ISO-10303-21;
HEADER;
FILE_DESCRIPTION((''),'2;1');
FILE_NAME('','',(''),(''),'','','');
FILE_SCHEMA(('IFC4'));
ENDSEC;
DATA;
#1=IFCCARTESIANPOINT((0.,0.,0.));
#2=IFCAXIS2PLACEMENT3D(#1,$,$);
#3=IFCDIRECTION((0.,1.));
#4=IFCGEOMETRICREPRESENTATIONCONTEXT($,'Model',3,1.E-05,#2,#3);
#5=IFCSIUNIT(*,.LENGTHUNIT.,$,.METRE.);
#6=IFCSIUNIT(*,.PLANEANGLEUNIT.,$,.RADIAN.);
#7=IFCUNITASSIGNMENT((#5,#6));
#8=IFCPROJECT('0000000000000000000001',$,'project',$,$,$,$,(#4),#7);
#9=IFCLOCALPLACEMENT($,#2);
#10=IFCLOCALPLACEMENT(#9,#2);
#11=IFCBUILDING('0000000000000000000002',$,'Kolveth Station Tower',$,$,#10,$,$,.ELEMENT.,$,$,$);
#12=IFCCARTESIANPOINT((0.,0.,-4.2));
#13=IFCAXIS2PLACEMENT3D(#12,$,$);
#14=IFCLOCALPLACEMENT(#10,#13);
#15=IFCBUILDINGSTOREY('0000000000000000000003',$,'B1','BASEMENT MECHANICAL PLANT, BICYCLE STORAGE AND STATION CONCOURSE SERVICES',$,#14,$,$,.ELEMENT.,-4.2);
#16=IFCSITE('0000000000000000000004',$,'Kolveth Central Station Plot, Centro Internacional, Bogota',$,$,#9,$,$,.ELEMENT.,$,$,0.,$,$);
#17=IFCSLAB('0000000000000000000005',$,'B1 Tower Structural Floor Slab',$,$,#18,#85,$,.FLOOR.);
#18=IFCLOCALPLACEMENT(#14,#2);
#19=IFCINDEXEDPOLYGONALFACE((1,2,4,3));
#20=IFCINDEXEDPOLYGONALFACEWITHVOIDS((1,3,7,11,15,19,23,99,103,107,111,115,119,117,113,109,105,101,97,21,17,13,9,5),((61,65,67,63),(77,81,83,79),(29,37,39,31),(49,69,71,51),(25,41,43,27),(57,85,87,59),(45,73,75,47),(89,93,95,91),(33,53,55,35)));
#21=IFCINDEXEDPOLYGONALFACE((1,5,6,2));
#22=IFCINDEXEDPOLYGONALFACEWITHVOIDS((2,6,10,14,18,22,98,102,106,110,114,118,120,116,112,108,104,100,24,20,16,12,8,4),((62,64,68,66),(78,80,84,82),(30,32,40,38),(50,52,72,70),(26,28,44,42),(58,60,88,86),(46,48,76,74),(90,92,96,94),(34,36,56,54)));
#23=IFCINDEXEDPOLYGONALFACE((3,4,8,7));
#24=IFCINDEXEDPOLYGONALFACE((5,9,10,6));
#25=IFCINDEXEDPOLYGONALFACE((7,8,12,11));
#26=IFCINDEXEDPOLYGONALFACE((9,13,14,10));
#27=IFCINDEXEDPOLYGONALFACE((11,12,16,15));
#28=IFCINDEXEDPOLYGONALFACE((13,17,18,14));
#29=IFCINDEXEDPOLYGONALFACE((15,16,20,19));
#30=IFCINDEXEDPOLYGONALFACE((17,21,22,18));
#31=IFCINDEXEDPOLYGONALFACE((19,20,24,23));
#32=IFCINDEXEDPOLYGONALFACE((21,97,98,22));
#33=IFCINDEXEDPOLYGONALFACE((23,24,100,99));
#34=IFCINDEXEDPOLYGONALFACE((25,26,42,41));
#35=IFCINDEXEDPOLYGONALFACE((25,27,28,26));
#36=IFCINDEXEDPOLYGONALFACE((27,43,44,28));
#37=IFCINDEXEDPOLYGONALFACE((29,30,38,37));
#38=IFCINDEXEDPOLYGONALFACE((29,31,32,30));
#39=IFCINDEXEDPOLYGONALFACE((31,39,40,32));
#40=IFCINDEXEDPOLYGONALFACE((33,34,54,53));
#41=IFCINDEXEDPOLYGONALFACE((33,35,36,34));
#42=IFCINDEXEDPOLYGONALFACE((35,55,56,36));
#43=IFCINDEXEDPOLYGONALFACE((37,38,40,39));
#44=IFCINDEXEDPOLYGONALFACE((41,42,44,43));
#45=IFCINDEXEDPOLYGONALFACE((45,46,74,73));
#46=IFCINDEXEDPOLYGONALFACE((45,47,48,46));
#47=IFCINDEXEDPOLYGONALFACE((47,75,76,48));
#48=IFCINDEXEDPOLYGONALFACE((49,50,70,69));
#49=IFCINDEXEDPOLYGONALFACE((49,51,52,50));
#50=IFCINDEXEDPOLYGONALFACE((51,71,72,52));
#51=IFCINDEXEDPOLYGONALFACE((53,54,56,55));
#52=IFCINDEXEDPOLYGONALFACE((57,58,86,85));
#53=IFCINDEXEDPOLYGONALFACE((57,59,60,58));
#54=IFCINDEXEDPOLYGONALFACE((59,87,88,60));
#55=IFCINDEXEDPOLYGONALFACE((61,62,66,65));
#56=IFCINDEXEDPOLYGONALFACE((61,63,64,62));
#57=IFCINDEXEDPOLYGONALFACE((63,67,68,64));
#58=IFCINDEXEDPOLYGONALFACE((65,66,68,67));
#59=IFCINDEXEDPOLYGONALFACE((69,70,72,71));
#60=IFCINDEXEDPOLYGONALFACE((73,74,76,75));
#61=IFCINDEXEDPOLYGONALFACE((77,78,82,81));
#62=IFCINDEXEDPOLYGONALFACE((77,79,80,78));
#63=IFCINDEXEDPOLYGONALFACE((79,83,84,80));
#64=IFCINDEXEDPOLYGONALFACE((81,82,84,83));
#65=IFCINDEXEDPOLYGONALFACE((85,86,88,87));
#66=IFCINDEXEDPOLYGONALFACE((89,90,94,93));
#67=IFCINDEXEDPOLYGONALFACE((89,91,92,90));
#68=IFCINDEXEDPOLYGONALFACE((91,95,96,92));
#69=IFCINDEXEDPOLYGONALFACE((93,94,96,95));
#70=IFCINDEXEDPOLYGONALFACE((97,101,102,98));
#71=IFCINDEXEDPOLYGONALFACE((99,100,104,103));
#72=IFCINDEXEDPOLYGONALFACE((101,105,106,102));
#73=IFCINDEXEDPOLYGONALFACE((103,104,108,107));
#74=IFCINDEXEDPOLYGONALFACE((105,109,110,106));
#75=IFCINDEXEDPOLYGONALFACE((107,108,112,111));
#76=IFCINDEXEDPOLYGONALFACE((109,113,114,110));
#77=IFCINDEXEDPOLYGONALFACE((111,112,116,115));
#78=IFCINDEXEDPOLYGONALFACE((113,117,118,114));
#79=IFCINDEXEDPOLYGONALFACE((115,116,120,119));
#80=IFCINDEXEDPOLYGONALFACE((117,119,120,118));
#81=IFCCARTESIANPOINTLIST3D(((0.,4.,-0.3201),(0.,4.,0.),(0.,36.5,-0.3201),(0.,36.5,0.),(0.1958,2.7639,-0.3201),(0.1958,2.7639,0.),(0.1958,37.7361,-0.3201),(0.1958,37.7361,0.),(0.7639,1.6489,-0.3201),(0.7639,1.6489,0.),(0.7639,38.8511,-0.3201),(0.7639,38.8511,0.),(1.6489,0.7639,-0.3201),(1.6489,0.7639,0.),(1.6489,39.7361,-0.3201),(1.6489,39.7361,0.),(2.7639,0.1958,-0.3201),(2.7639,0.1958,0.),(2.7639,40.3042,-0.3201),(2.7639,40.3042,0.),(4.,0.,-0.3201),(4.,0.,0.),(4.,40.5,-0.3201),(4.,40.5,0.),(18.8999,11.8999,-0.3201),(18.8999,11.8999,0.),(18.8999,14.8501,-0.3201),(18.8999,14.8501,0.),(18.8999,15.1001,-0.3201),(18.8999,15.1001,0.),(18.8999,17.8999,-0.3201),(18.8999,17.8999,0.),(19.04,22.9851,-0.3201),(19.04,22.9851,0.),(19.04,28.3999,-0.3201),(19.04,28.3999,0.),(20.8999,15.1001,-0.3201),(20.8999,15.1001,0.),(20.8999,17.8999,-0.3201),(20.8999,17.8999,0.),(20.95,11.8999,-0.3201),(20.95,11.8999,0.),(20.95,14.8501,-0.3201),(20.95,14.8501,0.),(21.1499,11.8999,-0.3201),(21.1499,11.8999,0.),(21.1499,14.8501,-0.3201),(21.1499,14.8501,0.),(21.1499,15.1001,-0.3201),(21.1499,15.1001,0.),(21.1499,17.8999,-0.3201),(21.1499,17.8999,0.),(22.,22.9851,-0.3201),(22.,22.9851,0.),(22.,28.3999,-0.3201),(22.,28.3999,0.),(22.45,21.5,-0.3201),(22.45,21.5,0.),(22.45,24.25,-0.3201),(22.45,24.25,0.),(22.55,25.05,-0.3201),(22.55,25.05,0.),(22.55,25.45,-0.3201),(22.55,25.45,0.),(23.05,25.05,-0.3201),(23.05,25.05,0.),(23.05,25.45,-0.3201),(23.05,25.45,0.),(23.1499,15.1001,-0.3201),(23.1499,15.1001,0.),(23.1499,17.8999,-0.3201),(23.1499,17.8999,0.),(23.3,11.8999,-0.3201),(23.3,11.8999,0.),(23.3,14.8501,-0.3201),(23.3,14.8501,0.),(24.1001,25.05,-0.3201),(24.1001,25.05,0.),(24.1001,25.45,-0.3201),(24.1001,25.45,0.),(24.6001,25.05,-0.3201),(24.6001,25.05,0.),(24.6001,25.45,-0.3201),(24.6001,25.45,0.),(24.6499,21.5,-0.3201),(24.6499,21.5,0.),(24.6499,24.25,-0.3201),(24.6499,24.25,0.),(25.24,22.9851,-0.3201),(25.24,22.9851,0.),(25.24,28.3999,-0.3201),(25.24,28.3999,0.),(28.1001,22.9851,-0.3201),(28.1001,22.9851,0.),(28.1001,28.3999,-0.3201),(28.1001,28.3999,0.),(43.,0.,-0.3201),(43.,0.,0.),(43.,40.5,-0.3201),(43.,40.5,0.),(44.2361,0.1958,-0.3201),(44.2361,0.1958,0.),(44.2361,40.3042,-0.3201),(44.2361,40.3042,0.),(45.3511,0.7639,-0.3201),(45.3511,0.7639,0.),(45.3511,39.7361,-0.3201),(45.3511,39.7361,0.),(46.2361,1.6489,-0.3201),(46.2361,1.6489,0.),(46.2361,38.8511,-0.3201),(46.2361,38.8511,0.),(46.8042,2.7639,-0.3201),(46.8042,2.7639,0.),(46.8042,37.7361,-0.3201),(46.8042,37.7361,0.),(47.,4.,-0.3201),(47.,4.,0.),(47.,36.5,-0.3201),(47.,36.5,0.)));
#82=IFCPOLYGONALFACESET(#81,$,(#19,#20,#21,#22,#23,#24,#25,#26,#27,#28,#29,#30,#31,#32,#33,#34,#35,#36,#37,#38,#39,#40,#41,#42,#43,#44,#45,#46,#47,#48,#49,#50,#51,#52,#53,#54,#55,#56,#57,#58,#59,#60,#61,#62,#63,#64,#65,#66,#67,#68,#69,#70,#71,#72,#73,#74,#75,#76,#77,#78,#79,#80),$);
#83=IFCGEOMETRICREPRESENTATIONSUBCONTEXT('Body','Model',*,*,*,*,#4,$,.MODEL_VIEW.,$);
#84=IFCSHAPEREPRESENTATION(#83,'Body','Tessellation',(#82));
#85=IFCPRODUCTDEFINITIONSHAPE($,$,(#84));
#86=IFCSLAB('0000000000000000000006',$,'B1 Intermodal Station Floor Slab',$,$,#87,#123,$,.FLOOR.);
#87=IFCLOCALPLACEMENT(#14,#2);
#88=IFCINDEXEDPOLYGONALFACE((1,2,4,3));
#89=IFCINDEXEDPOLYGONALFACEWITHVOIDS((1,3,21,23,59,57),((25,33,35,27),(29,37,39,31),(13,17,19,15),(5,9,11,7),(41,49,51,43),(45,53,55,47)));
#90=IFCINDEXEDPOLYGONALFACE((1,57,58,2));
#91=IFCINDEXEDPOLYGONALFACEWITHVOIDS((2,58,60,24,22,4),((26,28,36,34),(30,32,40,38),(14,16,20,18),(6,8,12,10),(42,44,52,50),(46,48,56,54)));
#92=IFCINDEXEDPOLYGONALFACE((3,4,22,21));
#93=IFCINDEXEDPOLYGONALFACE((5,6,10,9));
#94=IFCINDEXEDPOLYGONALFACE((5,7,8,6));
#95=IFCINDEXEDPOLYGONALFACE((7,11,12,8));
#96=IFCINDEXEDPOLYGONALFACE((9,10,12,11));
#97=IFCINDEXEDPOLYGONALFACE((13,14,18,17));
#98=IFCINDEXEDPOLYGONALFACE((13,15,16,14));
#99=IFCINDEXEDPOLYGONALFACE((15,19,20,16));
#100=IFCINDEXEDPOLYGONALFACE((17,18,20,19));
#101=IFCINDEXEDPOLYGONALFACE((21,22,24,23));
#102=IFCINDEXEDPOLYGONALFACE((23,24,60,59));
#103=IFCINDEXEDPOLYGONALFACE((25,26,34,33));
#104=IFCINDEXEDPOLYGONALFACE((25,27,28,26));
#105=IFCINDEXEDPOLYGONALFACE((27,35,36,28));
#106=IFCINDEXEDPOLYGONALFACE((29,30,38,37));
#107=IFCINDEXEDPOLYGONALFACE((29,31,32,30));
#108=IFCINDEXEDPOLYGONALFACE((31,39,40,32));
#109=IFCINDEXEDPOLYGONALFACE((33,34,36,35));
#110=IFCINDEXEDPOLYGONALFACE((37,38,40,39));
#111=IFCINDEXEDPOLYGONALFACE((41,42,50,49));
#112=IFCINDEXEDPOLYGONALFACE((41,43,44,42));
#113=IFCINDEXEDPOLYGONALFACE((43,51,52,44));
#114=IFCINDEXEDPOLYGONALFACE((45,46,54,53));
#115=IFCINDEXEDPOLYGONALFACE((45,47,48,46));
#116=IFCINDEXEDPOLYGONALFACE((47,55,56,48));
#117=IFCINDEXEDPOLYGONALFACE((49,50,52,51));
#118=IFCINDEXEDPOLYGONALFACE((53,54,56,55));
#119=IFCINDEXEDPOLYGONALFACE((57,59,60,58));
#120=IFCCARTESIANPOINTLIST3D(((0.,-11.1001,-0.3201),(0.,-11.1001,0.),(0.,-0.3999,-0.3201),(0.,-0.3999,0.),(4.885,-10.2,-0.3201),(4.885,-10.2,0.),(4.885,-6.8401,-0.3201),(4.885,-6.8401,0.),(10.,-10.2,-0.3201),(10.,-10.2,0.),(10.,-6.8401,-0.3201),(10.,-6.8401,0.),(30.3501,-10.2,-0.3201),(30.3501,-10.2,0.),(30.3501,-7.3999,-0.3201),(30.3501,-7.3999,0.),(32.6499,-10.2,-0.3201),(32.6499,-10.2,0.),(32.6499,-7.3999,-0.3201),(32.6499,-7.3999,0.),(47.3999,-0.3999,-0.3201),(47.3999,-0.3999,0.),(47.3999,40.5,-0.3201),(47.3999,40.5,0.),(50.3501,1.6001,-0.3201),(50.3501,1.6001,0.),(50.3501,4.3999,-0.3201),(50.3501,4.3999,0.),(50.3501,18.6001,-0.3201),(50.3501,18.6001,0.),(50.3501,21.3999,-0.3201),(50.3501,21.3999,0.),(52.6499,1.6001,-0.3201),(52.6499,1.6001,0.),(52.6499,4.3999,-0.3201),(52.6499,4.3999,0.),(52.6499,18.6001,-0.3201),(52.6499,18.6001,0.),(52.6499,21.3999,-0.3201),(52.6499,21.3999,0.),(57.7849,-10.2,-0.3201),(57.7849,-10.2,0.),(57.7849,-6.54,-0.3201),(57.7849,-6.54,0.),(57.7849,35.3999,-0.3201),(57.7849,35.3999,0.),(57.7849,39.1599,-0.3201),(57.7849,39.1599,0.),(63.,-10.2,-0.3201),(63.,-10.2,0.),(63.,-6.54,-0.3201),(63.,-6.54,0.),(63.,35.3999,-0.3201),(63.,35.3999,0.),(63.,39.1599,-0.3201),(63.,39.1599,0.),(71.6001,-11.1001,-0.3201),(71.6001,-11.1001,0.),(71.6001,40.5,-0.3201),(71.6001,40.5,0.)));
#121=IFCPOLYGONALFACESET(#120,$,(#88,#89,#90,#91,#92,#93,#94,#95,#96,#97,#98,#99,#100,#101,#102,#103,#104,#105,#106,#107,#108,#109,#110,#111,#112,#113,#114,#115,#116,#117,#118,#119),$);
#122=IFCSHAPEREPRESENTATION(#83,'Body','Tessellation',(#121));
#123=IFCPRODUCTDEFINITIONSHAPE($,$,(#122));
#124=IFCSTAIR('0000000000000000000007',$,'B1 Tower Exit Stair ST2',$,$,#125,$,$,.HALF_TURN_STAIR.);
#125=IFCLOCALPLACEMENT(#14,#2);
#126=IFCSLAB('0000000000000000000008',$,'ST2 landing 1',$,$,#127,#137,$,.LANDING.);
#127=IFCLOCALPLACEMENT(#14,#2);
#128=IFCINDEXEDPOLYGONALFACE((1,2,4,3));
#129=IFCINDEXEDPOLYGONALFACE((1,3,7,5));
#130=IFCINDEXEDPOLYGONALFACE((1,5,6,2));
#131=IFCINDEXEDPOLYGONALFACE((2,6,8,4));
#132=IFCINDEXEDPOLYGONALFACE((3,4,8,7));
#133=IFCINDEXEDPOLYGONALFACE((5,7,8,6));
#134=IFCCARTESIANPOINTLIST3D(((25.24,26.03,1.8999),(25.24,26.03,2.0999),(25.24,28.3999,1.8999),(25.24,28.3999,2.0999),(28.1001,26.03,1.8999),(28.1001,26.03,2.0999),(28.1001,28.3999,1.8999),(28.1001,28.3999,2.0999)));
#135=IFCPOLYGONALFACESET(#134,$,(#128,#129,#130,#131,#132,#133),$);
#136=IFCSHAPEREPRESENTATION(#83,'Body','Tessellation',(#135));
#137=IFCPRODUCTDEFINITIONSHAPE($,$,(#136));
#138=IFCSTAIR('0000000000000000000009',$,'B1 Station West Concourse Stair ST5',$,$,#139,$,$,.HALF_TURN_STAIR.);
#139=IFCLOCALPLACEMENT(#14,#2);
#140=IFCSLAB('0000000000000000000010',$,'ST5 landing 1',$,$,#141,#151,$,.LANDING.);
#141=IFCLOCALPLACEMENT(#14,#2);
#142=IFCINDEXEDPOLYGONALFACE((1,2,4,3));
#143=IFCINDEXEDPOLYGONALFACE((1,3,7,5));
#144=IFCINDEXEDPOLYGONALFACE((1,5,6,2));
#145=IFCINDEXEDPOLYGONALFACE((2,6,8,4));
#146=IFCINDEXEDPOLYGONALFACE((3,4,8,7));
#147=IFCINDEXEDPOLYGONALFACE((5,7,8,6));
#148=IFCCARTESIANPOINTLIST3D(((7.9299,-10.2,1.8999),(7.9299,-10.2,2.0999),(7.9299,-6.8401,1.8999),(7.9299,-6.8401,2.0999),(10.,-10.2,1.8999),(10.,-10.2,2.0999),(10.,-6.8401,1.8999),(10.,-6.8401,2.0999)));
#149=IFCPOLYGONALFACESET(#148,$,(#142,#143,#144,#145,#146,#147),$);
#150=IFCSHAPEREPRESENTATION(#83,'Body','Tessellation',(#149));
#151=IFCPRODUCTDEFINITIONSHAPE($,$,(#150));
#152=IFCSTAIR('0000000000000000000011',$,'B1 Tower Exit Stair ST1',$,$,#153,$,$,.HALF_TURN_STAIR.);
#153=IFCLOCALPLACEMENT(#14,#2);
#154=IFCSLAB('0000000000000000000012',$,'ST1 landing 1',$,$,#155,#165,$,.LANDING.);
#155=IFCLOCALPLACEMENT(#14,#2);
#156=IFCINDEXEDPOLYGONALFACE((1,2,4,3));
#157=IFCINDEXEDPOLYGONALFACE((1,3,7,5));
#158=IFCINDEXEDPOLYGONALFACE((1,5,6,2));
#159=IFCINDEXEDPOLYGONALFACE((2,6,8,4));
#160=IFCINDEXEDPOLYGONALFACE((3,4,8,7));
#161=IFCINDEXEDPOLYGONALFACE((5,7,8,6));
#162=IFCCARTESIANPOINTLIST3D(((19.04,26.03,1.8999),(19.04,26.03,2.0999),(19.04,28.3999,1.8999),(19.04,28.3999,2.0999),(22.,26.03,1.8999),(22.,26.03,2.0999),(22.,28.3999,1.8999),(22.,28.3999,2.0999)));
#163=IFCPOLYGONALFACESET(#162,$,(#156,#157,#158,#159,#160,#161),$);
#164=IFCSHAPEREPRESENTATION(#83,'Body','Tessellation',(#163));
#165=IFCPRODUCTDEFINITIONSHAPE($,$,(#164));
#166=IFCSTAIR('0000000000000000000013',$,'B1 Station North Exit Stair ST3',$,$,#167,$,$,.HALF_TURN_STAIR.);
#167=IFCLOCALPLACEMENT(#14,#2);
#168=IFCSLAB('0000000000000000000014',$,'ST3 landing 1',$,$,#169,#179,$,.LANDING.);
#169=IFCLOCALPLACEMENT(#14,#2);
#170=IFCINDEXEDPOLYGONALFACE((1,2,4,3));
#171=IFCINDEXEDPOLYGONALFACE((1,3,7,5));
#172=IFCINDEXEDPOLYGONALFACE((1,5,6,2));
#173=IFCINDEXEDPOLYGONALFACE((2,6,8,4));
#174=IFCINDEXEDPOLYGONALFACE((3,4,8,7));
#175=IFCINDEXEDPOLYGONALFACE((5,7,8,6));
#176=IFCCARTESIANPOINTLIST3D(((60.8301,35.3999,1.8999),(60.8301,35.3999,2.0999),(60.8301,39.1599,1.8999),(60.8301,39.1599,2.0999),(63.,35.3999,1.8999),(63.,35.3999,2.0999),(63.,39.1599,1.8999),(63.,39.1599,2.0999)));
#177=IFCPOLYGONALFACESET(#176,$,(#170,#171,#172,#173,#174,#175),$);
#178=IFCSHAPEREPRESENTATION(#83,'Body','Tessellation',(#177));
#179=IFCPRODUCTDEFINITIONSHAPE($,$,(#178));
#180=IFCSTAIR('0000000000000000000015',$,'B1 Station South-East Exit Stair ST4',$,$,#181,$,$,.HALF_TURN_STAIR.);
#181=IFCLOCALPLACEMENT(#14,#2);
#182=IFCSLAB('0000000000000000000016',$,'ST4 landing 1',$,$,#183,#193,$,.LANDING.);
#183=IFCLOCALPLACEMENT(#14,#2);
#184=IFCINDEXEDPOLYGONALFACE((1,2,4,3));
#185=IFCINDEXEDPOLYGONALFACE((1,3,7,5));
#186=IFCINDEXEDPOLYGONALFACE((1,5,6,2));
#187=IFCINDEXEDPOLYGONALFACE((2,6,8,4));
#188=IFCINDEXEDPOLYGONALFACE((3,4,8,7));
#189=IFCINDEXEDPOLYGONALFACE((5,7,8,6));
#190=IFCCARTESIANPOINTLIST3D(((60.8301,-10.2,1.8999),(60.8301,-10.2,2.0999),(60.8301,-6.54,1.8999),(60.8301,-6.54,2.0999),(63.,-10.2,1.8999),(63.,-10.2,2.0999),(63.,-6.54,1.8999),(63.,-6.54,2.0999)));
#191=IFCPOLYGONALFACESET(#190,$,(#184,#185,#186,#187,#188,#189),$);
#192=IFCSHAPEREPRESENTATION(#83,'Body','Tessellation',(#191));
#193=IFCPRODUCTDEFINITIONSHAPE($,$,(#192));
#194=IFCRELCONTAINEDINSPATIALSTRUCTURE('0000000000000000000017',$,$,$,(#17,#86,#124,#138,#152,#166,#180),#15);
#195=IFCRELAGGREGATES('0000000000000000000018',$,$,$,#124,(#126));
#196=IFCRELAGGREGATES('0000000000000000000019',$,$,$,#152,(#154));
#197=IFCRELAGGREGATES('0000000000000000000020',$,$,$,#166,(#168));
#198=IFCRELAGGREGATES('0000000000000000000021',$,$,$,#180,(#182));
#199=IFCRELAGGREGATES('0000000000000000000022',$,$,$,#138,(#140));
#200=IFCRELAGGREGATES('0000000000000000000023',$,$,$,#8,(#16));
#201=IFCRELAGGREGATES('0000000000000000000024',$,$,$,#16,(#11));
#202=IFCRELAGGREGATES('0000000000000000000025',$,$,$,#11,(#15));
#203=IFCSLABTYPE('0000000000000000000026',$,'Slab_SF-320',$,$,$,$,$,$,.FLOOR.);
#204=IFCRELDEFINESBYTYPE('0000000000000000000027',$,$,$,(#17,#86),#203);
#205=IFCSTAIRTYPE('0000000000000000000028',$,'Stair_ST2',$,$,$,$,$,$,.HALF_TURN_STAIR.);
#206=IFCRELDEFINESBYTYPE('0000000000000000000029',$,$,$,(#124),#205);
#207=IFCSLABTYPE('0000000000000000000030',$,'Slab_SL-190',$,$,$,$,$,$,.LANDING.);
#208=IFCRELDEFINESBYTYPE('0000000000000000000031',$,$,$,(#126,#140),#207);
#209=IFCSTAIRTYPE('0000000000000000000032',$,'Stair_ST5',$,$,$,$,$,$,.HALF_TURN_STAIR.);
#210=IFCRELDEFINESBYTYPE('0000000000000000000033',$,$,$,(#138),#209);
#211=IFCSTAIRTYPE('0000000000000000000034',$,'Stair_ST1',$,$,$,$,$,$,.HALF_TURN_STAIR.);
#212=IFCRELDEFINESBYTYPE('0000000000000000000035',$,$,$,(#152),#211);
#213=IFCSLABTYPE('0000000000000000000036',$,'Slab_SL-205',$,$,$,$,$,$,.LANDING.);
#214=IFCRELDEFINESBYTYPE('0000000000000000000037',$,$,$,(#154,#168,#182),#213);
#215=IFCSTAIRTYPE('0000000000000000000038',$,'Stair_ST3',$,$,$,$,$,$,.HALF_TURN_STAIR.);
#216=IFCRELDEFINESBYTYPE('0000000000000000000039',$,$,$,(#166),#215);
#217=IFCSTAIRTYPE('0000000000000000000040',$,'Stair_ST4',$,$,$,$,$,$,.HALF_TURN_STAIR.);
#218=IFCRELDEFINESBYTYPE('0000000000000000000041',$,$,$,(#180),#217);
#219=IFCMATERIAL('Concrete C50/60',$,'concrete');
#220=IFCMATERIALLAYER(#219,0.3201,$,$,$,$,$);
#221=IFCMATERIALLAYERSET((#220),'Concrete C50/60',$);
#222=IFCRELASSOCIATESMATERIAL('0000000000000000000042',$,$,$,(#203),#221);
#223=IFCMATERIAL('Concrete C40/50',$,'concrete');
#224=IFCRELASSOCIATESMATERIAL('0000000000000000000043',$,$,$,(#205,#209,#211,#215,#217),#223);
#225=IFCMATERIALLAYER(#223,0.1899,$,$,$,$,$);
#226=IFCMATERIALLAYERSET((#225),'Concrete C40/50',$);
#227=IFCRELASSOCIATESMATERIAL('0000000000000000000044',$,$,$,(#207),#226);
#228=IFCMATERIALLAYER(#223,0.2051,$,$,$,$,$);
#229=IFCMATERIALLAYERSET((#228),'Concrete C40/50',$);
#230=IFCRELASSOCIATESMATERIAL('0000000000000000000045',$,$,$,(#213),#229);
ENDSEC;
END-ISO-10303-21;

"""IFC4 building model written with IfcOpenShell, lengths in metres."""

from ifc_helpers import new_model, si_unit, direction, frame, origin, place, context, subcontext, project, spatial, polyline, outline, extrude, material, layer, layer_set, type_object, element, aggregate, save


model = new_model("IFC4")

# Units and contexts
model_context = context("Model", 3, precision=1e-05, world=origin(), true_north=direction((0.0, 1.0)))
body_context = subcontext(model_context, "Body", "Model", "MODEL_VIEW")
ifc_project = project(units=[si_unit("LENGTHUNIT", "METRE"), si_unit("PLANEANGLEUNIT", "RADIAN")], contexts=[model_context])

# Site, building, storey
site_placement = place(None, origin())
site = spatial("IfcSite", under=ifc_project, at=site_placement, Name="Kolveth Central Station Plot, Centro Internacional, Bogota", CompositionType="ELEMENT", RefElevation=0.0)
building_placement = place(site_placement, origin())
building = spatial("IfcBuilding", under=site, at=building_placement, Name="Kolveth Station Tower", CompositionType="ELEMENT")
storey_placement = place(building_placement, frame((0.0, 0.0, -4.2)))
storey = spatial("IfcBuildingStorey", under=building, at=storey_placement, Name="B1", Description="BASEMENT MECHANICAL PLANT, BICYCLE STORAGE AND STATION CONCOURSE SERVICES", CompositionType="ELEMENT", Elevation=-4.2)

# Slabs
ifc_material_1 = material(Name="Concrete C50/60", Category="concrete")
ifc_layer_1 = layer(ifc_material_1, 0.3201)
ifc_layer_set_1 = layer_set([ifc_layer_1], Name="Concrete C50/60")
slab_type_1 = type_object("IfcSlabType", Name="Slab_SF-320", PredefinedType="FLOOR", material=ifc_layer_set_1)
slab_1_placement = place(storey_placement, frame((0.0, 0.0, -0.3201)))
element("IfcSlab", 1, at=slab_1_placement, inside=storey, type_object=slab_type_1, Name="B1 Tower Structural Floor Slab", PredefinedType="FLOOR", context=body_context, shape_type="SweptSolid", body=[
    extrude(outline(polyline([(43.0, 0.0), (44.2361, 0.1958), (45.3511, 0.7639), (46.2361, 1.6489), (46.8042, 2.7639), (47.0, 4.0), (47.0, 36.5), (46.8042, 37.7361), (46.2361, 38.8511), (45.3511, 39.7361), (44.2361, 40.3042), (43.0, 40.5), (4.0, 40.5), (2.7639, 40.3042), (1.6489, 39.7361), (0.7639, 38.8511), (0.1958, 37.7361), (0.0, 36.5), (0.0, 4.0), (0.1958, 2.7639), (0.7639, 1.6489), (1.6489, 0.7639), (2.7639, 0.1958), (4.0, 0.0), (43.0, 0.0)]), holes=[polyline([(19.04, 22.9851), (22.0, 22.9851), (22.0, 28.3999), (19.04, 28.3999), (19.04, 22.9851)]), polyline([(25.24, 22.9851), (28.1001, 22.9851), (28.1001, 28.3999), (25.24, 28.3999), (25.24, 22.9851)]), polyline([(18.8999, 15.1001), (20.8999, 15.1001), (20.8999, 17.8999), (18.8999, 17.8999), (18.8999, 15.1001)]), polyline([(21.1499, 15.1001), (23.1499, 15.1001), (23.1499, 17.8999), (21.1499, 17.8999), (21.1499, 15.1001)]), polyline([(22.45, 21.5), (24.6499, 21.5), (24.6499, 24.25), (22.45, 24.25), (22.45, 21.5)]), polyline([(18.8999, 11.8999), (20.95, 11.8999), (20.95, 14.8501), (18.8999, 14.8501), (18.8999, 11.8999)]), polyline([(21.1499, 11.8999), (23.3, 11.8999), (23.3, 14.8501), (21.1499, 14.8501), (21.1499, 11.8999)]), polyline([(22.55, 25.05), (23.05, 25.05), (23.05, 25.45), (22.55, 25.45), (22.55, 25.05)]), polyline([(24.1001, 25.05), (24.6001, 25.05), (24.6001, 25.45), (24.1001, 25.45), (24.1001, 25.05)])]), origin(), (0.0, 0.0, 1.0), 0.3201),
])
slab_2_placement = place(storey_placement, frame((0.0, 0.0, -0.3201)))
element("IfcSlab", 2, at=slab_2_placement, inside=storey, type_object=slab_type_1, Name="B1 Intermodal Station Floor Slab", PredefinedType="FLOOR", context=body_context, shape_type="SweptSolid", body=[
    extrude(outline(polyline([(0.0, -11.1001), (71.6001, -11.1001), (71.6001, 40.5), (47.3999, 40.5), (47.3999, -0.3999), (0.0, -0.3999), (0.0, -11.1001)]), holes=[polyline([(57.7849, 35.3999), (63.0, 35.3999), (63.0, 39.1599), (57.7849, 39.1599), (57.7849, 35.3999)]), polyline([(57.7849, -10.2), (63.0, -10.2), (63.0, -6.54), (57.7849, -6.54), (57.7849, -10.2)]), polyline([(4.885, -10.2), (10.0, -10.2), (10.0, -6.8401), (4.885, -6.8401), (4.885, -10.2)]), polyline([(50.3501, 1.6001), (52.6499, 1.6001), (52.6499, 4.3999), (50.3501, 4.3999), (50.3501, 1.6001)]), polyline([(50.3501, 18.6001), (52.6499, 18.6001), (52.6499, 21.3999), (50.3501, 21.3999), (50.3501, 18.6001)]), polyline([(30.3501, -10.2), (32.6499, -10.2), (32.6499, -7.3999), (30.3501, -7.3999), (30.3501, -10.2)])]), origin(), (0.0, 0.0, 1.0), 0.3201),
])

# Stairs, slabs
ifc_material_2 = material(Name="Concrete C40/50", Category="concrete")
stair_type_1 = type_object("IfcStairType", Name="Stair_ST2", PredefinedType="HALF_TURN_STAIR", material=ifc_material_2)
stair_1_placement = place(storey_placement, origin())
stair_1 = element("IfcStair", 3, at=stair_1_placement, inside=storey, type_object=stair_type_1, Name="B1 Tower Exit Stair ST2", PredefinedType="HALF_TURN_STAIR")
ifc_layer_2 = layer(ifc_material_2, 0.1899)
ifc_layer_set_2 = layer_set([ifc_layer_2], Name="Concrete C40/50")
slab_type_2 = type_object("IfcSlabType", Name="Slab_SL-190", PredefinedType="LANDING", material=ifc_layer_set_2)
slab_3_placement = place(storey_placement, frame((0.0, 0.0, 1.8999)))
slab_3 = element("IfcSlab", 4, at=slab_3_placement, type_object=slab_type_2, Name="ST2 landing 1", PredefinedType="LANDING", context=body_context, shape_type="SweptSolid", body=[
    extrude(outline(polyline([(28.1001, 26.03), (28.1001, 28.3999), (25.24, 28.3999), (25.24, 26.03), (28.1001, 26.03)])), origin(), (0.0, 0.0, 1.0), 0.2),
])
aggregate(stair_1, [slab_3])
stair_type_2 = type_object("IfcStairType", Name="Stair_ST5", PredefinedType="HALF_TURN_STAIR", material=ifc_material_2)
stair_2_placement = place(storey_placement, origin())
stair_2 = element("IfcStair", 5, at=stair_2_placement, inside=storey, type_object=stair_type_2, Name="B1 Station West Concourse Stair ST5", PredefinedType="HALF_TURN_STAIR")
slab_4_placement = place(storey_placement, frame((0.0, 0.0, 1.8999)))
slab_4 = element("IfcSlab", 6, at=slab_4_placement, type_object=slab_type_2, Name="ST5 landing 1", PredefinedType="LANDING", context=body_context, shape_type="SweptSolid", body=[
    extrude(outline(polyline([(7.9299, -10.2), (10.0, -10.2), (10.0, -6.8401), (7.9299, -6.8401), (7.9299, -10.2)])), origin(), (0.0, 0.0, 1.0), 0.2),
])
stair_type_3 = type_object("IfcStairType", Name="Stair_ST1", PredefinedType="HALF_TURN_STAIR", material=ifc_material_2)
stair_3_placement = place(storey_placement, origin())
stair_3 = element("IfcStair", 7, at=stair_3_placement, inside=storey, type_object=stair_type_3, Name="B1 Tower Exit Stair ST1", PredefinedType="HALF_TURN_STAIR")
ifc_layer_3 = layer(ifc_material_2, 0.2051)
ifc_layer_set_3 = layer_set([ifc_layer_3], Name="Concrete C40/50")
slab_type_3 = type_object("IfcSlabType", Name="Slab_SL-205", PredefinedType="LANDING", material=ifc_layer_set_3)
slab_5_placement = place(storey_placement, frame((0.0, 0.0, 1.8999)))
slab_5 = element("IfcSlab", 8, at=slab_5_placement, type_object=slab_type_3, Name="ST1 landing 1", PredefinedType="LANDING", context=body_context, shape_type="SweptSolid", body=[
    extrude(outline(polyline([(22.0, 26.03), (22.0, 28.3999), (19.04, 28.3999), (19.04, 26.03), (22.0, 26.03)])), origin(), (0.0, 0.0, 1.0), 0.2),
])
aggregate(stair_3, [slab_5])
stair_type_4 = type_object("IfcStairType", Name="Stair_ST3", PredefinedType="HALF_TURN_STAIR", material=ifc_material_2)
stair_4_placement = place(storey_placement, origin())
stair_4 = element("IfcStair", 9, at=stair_4_placement, inside=storey, type_object=stair_type_4, Name="B1 Station North Exit Stair ST3", PredefinedType="HALF_TURN_STAIR")
slab_6_placement = place(storey_placement, frame((0.0, 0.0, 1.8999)))
slab_6 = element("IfcSlab", 10, at=slab_6_placement, type_object=slab_type_3, Name="ST3 landing 1", PredefinedType="LANDING", context=body_context, shape_type="SweptSolid", body=[
    extrude(outline(polyline([(60.8301, 35.3999), (63.0, 35.3999), (63.0, 39.1599), (60.8301, 39.1599), (60.8301, 35.3999)])), origin(), (0.0, 0.0, 1.0), 0.2),
])
aggregate(stair_4, [slab_6])
stair_type_5 = type_object("IfcStairType", Name="Stair_ST4", PredefinedType="HALF_TURN_STAIR", material=ifc_material_2)
stair_5_placement = place(storey_placement, origin())
stair_5 = element("IfcStair", 11, at=stair_5_placement, inside=storey, type_object=stair_type_5, Name="B1 Station South-East Exit Stair ST4", PredefinedType="HALF_TURN_STAIR")
slab_7_placement = place(storey_placement, frame((0.0, 0.0, 1.8999)))
slab_7 = element("IfcSlab", 12, at=slab_7_placement, type_object=slab_type_3, Name="ST4 landing 1", PredefinedType="LANDING", context=body_context, shape_type="SweptSolid", body=[
    extrude(outline(polyline([(60.8301, -10.2), (63.0, -10.2), (63.0, -6.54), (60.8301, -6.54), (60.8301, -10.2)])), origin(), (0.0, 0.0, 1.0), 0.2),
])
aggregate(stair_5, [slab_7])

aggregate(stair_2, [slab_4])

save(model, "model.ifc")
